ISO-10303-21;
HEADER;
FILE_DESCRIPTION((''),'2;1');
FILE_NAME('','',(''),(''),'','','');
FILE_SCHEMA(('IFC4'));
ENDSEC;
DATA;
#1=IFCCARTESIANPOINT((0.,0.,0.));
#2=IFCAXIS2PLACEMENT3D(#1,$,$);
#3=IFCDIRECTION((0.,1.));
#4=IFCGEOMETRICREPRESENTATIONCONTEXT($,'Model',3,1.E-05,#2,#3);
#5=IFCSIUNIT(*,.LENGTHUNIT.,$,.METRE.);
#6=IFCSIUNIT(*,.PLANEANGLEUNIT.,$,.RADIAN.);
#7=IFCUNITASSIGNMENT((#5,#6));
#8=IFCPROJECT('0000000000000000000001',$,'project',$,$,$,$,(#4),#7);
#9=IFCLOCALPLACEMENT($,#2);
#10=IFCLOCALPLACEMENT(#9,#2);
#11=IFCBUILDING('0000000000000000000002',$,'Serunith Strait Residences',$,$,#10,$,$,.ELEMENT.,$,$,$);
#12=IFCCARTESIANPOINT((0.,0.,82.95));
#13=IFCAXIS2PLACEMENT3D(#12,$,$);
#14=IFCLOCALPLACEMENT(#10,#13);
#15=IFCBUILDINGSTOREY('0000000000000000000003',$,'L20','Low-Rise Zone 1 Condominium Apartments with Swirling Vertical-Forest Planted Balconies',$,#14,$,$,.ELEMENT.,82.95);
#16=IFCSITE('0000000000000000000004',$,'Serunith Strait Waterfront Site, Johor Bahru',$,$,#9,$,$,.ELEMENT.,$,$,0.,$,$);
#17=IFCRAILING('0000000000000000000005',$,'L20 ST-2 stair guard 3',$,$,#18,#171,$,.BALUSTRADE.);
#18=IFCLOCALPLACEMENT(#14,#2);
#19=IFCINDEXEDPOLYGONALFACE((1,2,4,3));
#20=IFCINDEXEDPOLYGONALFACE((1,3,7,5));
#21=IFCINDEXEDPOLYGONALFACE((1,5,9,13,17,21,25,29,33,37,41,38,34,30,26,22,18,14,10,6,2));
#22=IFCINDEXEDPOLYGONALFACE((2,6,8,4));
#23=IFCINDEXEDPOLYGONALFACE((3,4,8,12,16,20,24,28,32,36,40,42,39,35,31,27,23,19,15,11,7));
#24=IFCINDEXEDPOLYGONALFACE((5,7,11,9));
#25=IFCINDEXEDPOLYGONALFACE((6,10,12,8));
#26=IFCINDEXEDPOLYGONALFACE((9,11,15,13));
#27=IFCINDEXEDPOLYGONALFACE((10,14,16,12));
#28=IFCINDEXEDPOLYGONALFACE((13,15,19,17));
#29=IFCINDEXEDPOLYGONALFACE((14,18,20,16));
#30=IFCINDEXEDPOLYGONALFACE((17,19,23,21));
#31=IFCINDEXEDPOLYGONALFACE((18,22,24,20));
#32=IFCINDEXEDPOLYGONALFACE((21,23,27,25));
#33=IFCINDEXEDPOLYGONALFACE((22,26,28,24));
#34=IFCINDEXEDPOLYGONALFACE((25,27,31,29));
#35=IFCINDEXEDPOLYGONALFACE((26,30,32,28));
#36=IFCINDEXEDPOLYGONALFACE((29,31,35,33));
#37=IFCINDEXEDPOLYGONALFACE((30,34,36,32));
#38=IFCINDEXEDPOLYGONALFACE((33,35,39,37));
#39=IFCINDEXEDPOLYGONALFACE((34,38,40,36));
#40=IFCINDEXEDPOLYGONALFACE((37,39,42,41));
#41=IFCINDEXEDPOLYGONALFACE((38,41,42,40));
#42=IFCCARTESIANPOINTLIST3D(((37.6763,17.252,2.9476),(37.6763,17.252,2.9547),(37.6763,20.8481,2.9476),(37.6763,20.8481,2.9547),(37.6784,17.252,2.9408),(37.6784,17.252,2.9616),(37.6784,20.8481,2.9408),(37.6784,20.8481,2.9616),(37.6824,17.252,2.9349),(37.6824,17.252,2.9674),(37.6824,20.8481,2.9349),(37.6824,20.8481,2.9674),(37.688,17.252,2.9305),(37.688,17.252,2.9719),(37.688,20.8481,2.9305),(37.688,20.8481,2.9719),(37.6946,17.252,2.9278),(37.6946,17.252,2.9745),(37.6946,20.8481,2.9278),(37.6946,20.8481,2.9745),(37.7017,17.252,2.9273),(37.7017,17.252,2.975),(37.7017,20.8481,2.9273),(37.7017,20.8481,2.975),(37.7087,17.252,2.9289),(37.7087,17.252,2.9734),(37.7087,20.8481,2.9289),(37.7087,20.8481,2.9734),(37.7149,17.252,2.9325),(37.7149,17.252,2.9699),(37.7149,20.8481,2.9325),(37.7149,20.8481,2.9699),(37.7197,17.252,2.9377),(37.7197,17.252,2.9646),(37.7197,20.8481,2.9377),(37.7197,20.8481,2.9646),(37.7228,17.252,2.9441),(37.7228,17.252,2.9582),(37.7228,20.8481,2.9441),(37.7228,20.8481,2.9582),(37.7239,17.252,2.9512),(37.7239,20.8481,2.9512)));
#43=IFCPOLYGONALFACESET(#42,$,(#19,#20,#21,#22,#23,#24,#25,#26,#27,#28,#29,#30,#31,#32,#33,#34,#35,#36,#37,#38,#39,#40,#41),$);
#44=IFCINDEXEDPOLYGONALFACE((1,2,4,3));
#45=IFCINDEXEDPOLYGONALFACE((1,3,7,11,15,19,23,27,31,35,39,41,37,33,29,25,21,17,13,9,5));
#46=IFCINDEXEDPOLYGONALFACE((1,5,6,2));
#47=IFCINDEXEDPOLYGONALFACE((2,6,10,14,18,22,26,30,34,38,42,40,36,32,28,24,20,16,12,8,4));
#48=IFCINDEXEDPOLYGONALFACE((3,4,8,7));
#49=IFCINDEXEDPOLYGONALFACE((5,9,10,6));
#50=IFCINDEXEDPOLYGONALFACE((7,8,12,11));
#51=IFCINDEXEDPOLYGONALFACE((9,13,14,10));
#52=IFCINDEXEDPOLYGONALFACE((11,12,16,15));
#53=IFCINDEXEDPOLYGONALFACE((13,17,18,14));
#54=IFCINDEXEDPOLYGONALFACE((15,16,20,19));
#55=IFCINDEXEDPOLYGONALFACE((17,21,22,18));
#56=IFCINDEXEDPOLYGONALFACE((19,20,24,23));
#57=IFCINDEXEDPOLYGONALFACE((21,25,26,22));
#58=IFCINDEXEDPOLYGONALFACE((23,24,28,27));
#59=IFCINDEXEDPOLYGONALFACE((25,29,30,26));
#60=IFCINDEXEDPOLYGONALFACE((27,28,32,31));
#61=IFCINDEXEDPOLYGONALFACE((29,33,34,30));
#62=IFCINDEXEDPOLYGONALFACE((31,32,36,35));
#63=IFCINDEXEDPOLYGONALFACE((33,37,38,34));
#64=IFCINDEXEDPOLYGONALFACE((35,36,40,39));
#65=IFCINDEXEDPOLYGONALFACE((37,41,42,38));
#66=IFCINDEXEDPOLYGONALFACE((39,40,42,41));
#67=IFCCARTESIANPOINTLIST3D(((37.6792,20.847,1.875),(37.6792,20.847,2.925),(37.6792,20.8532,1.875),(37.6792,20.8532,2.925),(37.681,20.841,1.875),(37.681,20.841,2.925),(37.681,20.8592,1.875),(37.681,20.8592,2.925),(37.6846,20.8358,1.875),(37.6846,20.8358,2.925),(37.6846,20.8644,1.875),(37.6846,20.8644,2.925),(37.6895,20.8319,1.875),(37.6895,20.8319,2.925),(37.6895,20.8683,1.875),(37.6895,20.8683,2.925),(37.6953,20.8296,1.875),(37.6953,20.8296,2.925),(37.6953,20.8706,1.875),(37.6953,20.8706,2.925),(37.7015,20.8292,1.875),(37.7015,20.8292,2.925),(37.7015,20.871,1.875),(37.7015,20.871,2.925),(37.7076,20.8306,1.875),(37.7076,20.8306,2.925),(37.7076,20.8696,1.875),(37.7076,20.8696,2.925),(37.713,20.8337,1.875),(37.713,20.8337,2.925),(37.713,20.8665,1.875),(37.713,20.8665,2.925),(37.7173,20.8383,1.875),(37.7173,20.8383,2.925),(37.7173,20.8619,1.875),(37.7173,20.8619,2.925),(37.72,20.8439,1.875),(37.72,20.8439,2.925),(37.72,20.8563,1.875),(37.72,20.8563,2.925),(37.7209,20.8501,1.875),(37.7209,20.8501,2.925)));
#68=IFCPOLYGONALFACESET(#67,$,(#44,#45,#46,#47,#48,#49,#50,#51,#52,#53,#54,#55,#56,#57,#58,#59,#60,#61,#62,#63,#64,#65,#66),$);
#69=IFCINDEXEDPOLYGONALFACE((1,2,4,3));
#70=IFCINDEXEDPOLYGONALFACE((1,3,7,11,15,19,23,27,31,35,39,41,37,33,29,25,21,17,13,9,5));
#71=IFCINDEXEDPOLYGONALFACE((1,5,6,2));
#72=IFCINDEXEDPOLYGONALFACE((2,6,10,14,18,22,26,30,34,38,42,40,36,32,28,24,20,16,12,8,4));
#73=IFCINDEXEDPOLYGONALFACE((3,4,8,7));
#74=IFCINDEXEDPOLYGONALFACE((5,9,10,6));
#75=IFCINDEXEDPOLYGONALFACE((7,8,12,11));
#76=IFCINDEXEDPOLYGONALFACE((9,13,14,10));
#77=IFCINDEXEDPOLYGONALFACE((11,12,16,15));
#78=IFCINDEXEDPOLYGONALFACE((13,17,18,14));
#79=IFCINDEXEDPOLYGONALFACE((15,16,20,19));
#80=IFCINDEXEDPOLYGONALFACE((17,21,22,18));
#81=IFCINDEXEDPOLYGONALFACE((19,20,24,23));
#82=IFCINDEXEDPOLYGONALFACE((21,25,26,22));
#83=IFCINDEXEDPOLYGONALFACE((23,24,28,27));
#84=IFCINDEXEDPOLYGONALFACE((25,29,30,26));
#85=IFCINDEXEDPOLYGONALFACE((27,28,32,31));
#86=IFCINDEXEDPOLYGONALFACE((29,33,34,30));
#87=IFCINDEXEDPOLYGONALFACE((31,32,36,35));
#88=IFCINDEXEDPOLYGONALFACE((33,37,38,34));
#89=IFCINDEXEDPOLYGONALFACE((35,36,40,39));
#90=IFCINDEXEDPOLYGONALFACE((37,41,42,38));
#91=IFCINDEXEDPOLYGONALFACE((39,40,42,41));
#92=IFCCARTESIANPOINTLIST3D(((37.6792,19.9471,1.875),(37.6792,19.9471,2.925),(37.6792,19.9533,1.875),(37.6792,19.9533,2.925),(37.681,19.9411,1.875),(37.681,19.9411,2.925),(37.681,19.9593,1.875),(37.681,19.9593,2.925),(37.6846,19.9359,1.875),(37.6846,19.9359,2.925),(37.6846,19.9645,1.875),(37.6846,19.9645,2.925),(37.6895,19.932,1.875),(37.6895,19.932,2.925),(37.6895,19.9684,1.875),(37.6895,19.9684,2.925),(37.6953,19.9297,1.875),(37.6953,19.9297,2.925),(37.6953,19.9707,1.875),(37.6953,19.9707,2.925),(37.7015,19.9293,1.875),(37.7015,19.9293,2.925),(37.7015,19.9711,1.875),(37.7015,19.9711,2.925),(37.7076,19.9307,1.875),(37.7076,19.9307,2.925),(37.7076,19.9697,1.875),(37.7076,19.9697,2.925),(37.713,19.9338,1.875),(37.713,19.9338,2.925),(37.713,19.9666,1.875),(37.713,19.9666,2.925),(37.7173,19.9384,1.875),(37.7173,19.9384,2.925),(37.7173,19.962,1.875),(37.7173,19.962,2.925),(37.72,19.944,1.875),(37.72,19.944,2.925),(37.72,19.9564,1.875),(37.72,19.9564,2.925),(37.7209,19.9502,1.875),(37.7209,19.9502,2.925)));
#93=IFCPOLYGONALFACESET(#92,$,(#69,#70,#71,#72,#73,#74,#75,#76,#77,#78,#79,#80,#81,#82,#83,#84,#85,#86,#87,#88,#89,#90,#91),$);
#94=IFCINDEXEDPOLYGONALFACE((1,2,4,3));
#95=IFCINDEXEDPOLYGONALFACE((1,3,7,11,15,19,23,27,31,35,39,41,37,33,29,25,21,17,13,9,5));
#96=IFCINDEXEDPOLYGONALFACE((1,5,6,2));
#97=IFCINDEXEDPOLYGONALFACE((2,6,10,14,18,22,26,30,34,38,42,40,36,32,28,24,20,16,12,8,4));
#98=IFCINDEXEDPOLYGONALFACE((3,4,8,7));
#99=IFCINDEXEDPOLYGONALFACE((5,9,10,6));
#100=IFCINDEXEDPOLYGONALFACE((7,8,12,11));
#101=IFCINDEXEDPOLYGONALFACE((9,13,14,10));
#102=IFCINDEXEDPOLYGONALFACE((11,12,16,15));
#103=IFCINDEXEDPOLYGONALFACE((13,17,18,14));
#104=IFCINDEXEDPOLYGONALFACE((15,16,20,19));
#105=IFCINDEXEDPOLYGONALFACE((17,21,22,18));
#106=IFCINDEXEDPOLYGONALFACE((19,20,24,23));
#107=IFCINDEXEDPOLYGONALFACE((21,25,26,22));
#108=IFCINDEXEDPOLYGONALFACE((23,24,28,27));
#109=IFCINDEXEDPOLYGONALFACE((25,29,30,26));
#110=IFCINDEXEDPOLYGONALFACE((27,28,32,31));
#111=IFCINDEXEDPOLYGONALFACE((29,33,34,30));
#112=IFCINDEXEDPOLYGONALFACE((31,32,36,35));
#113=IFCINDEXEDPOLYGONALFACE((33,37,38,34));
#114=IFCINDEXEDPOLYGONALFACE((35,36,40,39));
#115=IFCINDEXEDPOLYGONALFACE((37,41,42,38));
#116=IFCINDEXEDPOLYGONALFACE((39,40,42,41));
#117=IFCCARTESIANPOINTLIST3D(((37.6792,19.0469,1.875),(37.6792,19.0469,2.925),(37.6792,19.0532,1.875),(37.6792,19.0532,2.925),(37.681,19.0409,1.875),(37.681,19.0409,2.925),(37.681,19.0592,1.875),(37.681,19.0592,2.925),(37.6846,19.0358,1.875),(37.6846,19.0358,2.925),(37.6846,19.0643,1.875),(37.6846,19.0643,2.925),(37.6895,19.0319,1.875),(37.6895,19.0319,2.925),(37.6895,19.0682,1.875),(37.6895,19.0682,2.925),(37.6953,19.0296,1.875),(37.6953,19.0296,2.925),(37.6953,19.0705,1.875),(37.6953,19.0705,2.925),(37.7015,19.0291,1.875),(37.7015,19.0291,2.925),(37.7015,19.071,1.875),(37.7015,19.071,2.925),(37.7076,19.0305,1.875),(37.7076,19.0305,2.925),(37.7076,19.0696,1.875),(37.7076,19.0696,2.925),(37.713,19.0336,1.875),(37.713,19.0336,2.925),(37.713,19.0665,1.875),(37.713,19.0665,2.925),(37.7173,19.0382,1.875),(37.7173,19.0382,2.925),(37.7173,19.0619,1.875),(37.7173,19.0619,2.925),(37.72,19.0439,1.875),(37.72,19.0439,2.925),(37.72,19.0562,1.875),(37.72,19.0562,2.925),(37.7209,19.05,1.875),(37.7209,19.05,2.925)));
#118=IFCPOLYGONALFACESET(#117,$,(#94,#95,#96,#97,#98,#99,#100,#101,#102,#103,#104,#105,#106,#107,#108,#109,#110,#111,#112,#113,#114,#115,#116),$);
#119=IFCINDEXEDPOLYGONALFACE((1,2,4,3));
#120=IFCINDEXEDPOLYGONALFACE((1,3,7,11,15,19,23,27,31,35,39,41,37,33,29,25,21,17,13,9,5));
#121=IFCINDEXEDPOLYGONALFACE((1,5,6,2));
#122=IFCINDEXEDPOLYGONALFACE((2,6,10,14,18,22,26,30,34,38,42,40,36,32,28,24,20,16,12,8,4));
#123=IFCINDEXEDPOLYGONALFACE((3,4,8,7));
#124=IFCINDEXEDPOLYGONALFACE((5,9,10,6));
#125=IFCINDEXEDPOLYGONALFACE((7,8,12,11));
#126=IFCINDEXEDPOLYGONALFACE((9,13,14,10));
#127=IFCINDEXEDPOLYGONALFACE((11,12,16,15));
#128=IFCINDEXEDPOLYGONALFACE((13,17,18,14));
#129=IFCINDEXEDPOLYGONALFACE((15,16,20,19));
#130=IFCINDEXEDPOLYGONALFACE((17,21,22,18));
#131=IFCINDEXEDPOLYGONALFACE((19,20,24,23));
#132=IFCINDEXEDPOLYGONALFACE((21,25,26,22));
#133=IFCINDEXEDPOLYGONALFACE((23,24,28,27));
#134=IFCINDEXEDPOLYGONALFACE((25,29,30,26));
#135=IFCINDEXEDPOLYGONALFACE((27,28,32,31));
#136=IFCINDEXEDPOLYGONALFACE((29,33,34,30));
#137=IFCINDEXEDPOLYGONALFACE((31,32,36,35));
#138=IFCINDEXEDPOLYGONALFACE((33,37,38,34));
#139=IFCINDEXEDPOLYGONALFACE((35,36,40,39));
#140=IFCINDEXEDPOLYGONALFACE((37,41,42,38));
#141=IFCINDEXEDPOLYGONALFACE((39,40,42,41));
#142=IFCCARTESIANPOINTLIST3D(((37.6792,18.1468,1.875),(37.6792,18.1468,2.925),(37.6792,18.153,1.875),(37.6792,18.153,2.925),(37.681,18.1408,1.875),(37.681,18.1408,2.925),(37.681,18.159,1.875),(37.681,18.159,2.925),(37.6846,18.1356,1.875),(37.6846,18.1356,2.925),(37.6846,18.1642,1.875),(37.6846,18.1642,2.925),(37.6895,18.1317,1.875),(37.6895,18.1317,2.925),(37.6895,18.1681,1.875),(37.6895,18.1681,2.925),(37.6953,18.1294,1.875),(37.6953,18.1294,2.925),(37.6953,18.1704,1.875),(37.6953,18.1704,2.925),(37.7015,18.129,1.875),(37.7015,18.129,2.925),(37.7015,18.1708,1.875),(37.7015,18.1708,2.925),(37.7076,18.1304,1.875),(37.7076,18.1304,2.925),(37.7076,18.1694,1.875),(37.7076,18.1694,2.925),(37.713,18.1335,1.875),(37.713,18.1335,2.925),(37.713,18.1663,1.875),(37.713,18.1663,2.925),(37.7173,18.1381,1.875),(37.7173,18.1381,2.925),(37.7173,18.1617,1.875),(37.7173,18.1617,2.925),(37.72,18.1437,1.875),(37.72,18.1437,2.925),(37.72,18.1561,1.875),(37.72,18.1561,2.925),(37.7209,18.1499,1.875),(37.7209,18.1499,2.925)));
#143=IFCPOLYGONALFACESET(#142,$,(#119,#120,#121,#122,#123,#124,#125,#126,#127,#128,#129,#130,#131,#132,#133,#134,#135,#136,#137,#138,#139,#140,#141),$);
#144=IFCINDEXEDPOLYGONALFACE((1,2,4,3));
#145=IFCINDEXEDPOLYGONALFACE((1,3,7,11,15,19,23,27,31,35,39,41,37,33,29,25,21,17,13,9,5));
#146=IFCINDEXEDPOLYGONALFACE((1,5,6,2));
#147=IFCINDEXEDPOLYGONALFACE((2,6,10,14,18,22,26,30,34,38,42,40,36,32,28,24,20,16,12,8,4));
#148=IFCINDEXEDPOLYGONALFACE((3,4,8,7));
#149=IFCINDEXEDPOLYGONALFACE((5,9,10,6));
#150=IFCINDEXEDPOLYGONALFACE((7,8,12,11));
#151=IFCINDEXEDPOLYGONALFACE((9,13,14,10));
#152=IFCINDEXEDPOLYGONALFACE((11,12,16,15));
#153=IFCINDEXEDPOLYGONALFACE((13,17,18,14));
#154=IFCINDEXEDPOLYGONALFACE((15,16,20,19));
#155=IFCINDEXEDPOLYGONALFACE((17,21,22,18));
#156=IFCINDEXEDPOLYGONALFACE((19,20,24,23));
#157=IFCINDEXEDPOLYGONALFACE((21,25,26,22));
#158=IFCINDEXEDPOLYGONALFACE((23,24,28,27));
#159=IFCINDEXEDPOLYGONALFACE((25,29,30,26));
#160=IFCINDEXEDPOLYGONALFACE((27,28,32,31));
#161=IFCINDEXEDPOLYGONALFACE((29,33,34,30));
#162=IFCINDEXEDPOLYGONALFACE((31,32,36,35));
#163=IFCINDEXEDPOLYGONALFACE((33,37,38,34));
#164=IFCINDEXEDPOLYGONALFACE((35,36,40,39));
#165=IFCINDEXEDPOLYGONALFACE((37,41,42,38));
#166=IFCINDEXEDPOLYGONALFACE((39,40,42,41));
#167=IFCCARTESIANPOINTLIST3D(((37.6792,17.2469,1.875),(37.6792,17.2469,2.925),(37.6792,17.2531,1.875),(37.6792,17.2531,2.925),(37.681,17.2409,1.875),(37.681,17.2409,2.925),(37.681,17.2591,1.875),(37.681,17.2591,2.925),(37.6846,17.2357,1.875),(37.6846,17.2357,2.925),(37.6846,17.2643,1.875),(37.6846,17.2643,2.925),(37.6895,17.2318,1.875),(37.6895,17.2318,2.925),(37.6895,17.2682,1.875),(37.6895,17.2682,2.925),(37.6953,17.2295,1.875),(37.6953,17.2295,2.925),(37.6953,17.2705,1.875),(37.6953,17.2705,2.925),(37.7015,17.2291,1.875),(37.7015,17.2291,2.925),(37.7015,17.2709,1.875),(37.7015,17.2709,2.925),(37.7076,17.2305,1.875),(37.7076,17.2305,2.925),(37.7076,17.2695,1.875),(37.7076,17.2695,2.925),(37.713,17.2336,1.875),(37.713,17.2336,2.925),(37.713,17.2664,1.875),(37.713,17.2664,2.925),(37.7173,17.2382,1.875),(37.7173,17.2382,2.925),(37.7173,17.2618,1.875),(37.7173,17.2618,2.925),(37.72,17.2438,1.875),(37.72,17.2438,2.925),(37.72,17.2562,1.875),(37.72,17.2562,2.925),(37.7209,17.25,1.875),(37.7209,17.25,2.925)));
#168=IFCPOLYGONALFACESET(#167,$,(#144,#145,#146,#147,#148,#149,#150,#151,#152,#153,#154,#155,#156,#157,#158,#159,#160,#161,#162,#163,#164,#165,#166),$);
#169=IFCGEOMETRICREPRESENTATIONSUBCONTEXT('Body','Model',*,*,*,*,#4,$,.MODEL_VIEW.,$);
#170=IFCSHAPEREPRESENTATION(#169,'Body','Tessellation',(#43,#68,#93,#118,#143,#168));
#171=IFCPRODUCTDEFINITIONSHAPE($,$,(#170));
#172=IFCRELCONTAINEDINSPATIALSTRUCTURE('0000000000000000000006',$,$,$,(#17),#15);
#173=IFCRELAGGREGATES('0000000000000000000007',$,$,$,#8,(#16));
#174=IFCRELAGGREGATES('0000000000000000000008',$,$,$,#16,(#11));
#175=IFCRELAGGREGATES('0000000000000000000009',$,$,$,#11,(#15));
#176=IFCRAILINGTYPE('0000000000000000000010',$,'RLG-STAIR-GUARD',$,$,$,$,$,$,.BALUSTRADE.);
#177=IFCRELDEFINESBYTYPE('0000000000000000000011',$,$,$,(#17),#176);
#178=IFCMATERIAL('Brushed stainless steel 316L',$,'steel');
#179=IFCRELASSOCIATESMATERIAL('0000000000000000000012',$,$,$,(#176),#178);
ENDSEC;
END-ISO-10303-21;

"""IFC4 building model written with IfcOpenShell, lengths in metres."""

from ifc_helpers import new_model, si_unit, direction, frame, origin, origin_2d, place, context, subcontext, project, spatial, circle, extrude, material, type_object, element, save


model = new_model("IFC4")

# Units and contexts
model_context = context("Model", 3, precision=1e-05, world=origin(), true_north=direction((0.0, 1.0)))
body_context = subcontext(model_context, "Body", "Model", "MODEL_VIEW")
ifc_project = project(units=[si_unit("LENGTHUNIT", "METRE"), si_unit("PLANEANGLEUNIT", "RADIAN")], contexts=[model_context])

# Site, building, storey
site_placement = place(None, origin())
site = spatial("IfcSite", under=ifc_project, at=site_placement, Name="Serunith Strait Waterfront Site, Johor Bahru", CompositionType="ELEMENT", RefElevation=0.0)
building_placement = place(site_placement, origin())
building = spatial("IfcBuilding", under=site, at=building_placement, Name="Serunith Strait Residences", CompositionType="ELEMENT")
storey_placement = place(building_placement, frame((0.0, 0.0, 82.95)))
storey = spatial("IfcBuildingStorey", under=building, at=storey_placement, Name="L20", Description="Low-Rise Zone 1 Condominium Apartments with Swirling Vertical-Forest Planted Balconies", CompositionType="ELEMENT", Elevation=82.95)

# Railing
ifc_material_1 = material(Name="Brushed stainless steel 316L", Category="steel")
railing_type_1 = type_object("IfcRailingType", Name="RLG-STAIR-GUARD", PredefinedType="BALUSTRADE", material=ifc_material_1)
for number, where, name in (
    (1, (37.7, 20.8501, 1.875), "L20 ST-2 stair guard 3"),
):
    element("IfcRailing", number, at=place(storey_placement, frame(where)), inside=storey, type_object=railing_type_1, Name=name, PredefinedType="BALUSTRADE", context=body_context, shape_type="SweptSolid", body=[
        extrude(circle(Radius=0.0239, at=origin_2d()), frame((0.0, -0.002, 1.0762), z_axis=(0.0, -1.0, 0.0), x_axis=(1.0, 0.0, 0.0)), (0.0, 0.0, 1.0), 3.5962),
        extrude(circle(Radius=0.021, at=origin_2d()), origin(), (0.0, 0.0, 1.0), 1.05),
        extrude(circle(Radius=0.021, at=origin_2d()), frame((0.0, -0.8999, 0.0)), (0.0, 0.0, 1.0), 1.05),
        extrude(circle(Radius=0.021, at=origin_2d()), frame((0.0, -1.8, 0.0)), (0.0, 0.0, 1.0), 1.05),
        extrude(circle(Radius=0.021, at=origin_2d()), frame((0.0, -2.7002, 0.0)), (0.0, 0.0, 1.0), 1.05),
        extrude(circle(Radius=0.021, at=origin_2d()), frame((0.0, -3.6001, 0.0)), (0.0, 0.0, 1.0), 1.05),
    ])

save(model, "model.ifc")
